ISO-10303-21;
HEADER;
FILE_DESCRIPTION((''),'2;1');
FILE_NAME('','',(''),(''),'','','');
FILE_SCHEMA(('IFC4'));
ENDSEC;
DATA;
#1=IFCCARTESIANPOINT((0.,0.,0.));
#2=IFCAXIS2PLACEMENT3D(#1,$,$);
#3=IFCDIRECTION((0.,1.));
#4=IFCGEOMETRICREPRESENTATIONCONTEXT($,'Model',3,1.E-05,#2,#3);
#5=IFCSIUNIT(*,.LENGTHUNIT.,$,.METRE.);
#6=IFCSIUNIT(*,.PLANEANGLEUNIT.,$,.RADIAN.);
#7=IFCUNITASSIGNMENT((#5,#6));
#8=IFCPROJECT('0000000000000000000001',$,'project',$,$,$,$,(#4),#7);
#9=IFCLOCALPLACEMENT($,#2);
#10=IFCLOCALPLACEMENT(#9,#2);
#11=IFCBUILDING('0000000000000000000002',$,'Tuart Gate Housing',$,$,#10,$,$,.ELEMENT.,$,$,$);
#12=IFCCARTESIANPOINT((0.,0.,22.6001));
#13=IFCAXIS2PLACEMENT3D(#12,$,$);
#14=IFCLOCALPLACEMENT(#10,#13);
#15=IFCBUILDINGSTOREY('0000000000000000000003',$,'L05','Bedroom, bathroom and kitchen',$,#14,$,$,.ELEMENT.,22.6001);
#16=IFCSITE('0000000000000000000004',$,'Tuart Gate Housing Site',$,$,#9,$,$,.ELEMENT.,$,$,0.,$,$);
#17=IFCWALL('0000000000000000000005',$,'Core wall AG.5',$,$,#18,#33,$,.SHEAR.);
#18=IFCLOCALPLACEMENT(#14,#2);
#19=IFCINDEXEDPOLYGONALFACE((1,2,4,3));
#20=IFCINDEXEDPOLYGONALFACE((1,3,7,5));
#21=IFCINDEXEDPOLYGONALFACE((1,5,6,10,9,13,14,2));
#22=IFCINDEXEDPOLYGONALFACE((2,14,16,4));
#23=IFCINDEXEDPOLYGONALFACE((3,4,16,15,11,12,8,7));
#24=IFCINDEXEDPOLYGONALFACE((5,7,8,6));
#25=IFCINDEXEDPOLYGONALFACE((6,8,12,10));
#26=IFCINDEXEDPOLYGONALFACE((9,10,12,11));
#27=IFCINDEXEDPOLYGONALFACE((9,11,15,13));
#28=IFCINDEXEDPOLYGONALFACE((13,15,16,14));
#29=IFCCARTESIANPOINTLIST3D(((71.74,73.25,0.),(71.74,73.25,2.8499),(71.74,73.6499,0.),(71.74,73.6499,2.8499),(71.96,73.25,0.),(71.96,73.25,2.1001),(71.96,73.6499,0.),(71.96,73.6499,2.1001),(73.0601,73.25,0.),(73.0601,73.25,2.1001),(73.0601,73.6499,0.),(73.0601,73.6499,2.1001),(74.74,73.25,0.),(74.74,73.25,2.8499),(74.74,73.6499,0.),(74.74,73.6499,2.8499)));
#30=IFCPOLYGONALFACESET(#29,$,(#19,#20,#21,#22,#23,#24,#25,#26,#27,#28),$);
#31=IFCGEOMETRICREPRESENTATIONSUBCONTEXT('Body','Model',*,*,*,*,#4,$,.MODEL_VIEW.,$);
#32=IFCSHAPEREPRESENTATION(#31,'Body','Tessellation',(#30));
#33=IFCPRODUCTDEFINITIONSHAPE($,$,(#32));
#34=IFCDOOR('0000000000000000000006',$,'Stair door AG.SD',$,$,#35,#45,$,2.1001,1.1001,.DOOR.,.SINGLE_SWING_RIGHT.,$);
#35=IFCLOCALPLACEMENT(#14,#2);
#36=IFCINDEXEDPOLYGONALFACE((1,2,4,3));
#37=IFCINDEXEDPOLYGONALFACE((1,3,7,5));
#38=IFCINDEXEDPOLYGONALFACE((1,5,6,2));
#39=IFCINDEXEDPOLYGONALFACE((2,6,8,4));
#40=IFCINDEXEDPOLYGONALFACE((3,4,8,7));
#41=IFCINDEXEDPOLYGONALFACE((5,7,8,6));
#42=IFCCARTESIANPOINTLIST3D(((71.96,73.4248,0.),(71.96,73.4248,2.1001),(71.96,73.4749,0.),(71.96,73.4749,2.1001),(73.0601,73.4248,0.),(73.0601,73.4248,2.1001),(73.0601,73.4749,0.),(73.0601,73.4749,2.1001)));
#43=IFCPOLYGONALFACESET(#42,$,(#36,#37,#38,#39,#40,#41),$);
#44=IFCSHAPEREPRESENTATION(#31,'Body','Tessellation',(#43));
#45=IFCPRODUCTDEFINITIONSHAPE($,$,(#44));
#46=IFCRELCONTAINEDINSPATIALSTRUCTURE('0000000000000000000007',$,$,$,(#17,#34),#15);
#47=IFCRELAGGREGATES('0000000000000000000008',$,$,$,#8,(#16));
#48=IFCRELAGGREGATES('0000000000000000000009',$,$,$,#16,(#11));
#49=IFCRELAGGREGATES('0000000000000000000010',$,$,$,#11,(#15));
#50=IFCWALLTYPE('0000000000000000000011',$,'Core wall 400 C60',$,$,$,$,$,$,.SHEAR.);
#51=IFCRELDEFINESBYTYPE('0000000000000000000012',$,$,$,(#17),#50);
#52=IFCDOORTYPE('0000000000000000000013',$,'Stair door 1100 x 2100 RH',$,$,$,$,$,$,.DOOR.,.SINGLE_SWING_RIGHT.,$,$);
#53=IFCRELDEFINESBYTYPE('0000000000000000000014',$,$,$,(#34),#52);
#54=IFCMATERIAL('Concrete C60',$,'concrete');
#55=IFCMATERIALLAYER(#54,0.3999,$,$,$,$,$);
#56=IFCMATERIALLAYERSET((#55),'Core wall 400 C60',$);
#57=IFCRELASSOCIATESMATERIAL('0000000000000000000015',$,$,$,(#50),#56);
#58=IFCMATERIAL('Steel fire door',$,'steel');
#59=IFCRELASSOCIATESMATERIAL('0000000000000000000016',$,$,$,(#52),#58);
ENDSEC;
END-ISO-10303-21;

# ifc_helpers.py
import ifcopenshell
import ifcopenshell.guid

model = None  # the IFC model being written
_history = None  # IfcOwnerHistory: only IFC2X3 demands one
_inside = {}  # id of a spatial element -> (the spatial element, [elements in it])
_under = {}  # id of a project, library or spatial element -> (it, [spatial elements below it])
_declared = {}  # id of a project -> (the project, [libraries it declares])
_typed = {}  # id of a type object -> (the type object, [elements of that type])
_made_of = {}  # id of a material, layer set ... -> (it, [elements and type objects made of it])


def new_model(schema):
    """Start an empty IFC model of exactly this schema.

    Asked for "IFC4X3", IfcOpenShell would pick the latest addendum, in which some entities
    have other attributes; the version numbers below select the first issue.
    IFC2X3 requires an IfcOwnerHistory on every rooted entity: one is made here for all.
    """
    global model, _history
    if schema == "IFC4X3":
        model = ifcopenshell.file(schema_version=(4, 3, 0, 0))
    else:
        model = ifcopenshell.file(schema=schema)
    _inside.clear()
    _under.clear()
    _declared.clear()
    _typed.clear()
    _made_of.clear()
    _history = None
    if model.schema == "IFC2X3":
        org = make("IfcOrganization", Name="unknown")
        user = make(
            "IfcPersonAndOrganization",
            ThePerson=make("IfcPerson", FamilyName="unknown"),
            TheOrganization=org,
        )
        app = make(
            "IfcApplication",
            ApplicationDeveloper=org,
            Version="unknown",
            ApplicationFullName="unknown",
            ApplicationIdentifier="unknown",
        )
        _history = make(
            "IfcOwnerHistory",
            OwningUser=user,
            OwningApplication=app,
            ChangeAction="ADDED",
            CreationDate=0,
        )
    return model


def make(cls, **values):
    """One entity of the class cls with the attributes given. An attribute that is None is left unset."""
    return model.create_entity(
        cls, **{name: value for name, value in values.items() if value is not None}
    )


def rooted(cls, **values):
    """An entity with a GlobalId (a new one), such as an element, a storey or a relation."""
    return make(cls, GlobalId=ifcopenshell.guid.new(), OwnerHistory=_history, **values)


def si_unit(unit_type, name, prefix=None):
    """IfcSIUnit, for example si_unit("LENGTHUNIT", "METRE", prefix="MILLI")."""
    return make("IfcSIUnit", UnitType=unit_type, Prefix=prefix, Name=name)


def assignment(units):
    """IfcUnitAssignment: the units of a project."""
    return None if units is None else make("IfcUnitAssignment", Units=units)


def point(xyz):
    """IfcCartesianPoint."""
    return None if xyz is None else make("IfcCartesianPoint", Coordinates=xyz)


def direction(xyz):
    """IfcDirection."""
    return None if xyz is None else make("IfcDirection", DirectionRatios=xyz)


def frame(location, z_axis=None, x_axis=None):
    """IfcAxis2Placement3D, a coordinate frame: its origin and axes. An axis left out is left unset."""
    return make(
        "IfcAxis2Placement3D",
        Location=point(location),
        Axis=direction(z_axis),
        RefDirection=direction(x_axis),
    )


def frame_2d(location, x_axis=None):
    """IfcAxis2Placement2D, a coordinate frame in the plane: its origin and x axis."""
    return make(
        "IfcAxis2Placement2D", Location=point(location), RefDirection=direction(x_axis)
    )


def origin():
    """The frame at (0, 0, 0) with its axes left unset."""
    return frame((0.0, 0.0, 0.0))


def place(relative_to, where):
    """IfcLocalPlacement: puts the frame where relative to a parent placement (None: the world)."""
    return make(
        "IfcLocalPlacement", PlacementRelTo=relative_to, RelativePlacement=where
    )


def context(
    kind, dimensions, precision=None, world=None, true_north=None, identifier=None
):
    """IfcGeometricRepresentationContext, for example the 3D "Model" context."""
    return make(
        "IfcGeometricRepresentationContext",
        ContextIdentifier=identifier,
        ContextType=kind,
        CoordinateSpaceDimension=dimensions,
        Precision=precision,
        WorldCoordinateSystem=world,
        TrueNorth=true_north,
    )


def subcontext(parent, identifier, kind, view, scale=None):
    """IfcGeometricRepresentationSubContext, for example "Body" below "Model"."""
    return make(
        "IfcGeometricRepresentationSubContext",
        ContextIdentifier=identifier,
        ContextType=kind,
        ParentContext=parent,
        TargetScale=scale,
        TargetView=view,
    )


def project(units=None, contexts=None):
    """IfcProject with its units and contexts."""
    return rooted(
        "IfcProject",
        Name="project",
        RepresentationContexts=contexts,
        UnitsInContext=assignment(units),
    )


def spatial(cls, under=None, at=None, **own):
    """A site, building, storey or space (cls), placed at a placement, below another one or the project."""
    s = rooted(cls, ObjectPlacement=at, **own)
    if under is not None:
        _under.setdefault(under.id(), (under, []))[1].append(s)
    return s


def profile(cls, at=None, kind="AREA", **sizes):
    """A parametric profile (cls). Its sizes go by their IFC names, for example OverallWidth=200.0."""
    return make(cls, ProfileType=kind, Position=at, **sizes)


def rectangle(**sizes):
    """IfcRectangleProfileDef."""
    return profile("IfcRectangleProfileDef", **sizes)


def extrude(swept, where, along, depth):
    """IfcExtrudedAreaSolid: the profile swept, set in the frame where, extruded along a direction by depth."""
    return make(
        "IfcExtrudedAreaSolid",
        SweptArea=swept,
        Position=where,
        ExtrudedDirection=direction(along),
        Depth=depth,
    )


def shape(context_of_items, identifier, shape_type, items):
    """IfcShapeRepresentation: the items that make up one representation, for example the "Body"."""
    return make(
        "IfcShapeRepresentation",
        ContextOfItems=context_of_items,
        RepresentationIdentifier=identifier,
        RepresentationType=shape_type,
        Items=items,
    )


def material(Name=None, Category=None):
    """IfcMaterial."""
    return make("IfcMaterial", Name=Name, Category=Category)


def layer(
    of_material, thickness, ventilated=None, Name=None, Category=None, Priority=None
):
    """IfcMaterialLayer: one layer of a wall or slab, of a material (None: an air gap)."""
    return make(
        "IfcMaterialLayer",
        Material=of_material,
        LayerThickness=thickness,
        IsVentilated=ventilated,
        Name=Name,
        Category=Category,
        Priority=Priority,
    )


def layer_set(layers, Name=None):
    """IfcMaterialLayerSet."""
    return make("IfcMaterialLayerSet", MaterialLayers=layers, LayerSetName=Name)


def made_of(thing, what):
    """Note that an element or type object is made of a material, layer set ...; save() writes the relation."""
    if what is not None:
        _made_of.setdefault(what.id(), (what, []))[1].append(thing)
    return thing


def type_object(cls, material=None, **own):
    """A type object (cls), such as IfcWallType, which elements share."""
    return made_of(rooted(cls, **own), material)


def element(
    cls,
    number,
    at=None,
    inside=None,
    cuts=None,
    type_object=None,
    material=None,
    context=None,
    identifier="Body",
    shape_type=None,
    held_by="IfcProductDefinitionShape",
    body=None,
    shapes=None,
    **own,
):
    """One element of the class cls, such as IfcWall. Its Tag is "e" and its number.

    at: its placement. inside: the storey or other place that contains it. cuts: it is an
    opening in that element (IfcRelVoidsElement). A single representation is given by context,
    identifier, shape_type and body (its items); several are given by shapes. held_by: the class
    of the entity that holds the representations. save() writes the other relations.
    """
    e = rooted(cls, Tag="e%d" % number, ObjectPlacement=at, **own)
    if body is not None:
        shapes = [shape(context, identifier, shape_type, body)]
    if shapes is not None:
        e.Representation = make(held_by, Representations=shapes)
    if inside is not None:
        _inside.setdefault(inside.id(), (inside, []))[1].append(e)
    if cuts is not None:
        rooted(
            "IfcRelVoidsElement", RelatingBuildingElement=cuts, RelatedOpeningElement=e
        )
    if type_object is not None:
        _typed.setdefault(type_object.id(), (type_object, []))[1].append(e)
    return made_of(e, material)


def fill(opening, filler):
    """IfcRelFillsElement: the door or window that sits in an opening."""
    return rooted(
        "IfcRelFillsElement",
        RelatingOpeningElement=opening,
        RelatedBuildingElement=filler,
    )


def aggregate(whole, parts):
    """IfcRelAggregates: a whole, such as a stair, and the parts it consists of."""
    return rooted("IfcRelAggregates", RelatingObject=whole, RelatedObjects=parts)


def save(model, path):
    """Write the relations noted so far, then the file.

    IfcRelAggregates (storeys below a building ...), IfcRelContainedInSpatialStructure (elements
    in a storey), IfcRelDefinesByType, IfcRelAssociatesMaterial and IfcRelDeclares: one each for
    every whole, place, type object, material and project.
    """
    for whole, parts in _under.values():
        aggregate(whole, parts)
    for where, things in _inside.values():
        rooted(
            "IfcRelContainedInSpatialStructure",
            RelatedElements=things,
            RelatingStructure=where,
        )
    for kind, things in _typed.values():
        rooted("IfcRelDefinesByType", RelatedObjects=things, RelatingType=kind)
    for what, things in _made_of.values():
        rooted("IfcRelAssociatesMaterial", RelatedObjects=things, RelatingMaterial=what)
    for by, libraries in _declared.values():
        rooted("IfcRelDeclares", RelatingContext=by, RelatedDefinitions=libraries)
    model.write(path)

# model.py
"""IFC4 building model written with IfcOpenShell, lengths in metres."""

from ifc_helpers import new_model, si_unit, direction, frame, frame_2d, origin, place, context, subcontext, project, spatial, rectangle, extrude, material, layer, layer_set, type_object, element, fill, save


model = new_model("IFC4")

# Units and contexts
model_context = context("Model", 3, precision=1e-05, world=origin(), true_north=direction((0.0, 1.0)))
body_context = subcontext(model_context, "Body", "Model", "MODEL_VIEW")
ifc_project = project(units=[si_unit("LENGTHUNIT", "METRE"), si_unit("PLANEANGLEUNIT", "RADIAN")], contexts=[model_context])

# Site, building, storey
site_placement = place(None, origin())
site = spatial("IfcSite", under=ifc_project, at=site_placement, Name="Tuart Gate Housing Site", CompositionType="ELEMENT", RefElevation=0.0)
building_placement = place(site_placement, origin())
building = spatial("IfcBuilding", under=site, at=building_placement, Name="Tuart Gate Housing", CompositionType="ELEMENT")
storey_placement = place(building_placement, frame((0.0, 0.0, 22.6001)))
storey = spatial("IfcBuildingStorey", under=building, at=storey_placement, Name="L05", Description="Bedroom, bathroom and kitchen", CompositionType="ELEMENT", Elevation=22.6001)

# Wall, opening, door
ifc_material_1 = material(Name="Concrete C60", Category="concrete")
ifc_layer = layer(ifc_material_1, 0.3999)
ifc_layer_set = layer_set([ifc_layer], Name="Core wall 400 C60")
wall_type = type_object("IfcWallType", Name="Core wall 400 C60", PredefinedType="SHEAR", material=ifc_layer_set)
wall_placement = place(storey_placement, frame((71.74, 73.45, 0.0), z_axis=(0.0, 0.0, 1.0), x_axis=(1.0, 0.0, 0.0)))
wall = element("IfcWall", 1, at=wall_placement, inside=storey, type_object=wall_type, Name="Core wall AG.5", PredefinedType="SHEAR", context=body_context, shape_type="SweptSolid", body=[
    extrude(rectangle(XDim=3.0, YDim=0.3999, at=frame_2d((1.5, 0.0))), origin(), (0.0, 0.0, 1.0), 2.8499),
])
opening_placement = place(wall_placement, frame((0.22, 0.0, 0.0)))
opening = element("IfcOpeningElement", 2, at=opening_placement, cuts=wall, PredefinedType="OPENING", context=body_context, shape_type="SweptSolid", body=[
    extrude(rectangle(XDim=1.1001, YDim=2.1001, at=frame_2d((0.55, 1.05))), frame((0.0, 0.21, 0.0), z_axis=(0.0, -1.0, 0.0), x_axis=(1.0, 0.0, 0.0)), (0.0, 0.0, 1.0), 0.4199),
])
ifc_material_2 = material(Name="Steel fire door", Category="steel")
door_type = type_object("IfcDoorType", Name="Stair door 1100 x 2100 RH", OperationType="SINGLE_SWING_RIGHT", PredefinedType="DOOR", material=ifc_material_2)
door_placement = place(opening_placement, frame((1.1001, 0.0, 0.0), z_axis=(0.0, 0.0, 1.0), x_axis=(-1.0, 0.0, 0.0)))
door = element("IfcDoor", 3, at=door_placement, inside=storey, type_object=door_type, Name="Stair door AG.SD", OperationType="SINGLE_SWING_RIGHT", OverallHeight=2.1001, OverallWidth=1.1001, PredefinedType="DOOR", context=body_context, shape_type="SweptSolid", body=[
    extrude(rectangle(XDim=1.1001, YDim=2.1001, at=frame_2d((0.55, 1.05))), frame((0.0, 0.0251, 0.0), z_axis=(0.0, -1.0, 0.0), x_axis=(1.0, 0.0, 0.0)), (0.0, 0.0, 1.0), 0.05),
])
fill(opening, door)

save(model, "model.ifc")
